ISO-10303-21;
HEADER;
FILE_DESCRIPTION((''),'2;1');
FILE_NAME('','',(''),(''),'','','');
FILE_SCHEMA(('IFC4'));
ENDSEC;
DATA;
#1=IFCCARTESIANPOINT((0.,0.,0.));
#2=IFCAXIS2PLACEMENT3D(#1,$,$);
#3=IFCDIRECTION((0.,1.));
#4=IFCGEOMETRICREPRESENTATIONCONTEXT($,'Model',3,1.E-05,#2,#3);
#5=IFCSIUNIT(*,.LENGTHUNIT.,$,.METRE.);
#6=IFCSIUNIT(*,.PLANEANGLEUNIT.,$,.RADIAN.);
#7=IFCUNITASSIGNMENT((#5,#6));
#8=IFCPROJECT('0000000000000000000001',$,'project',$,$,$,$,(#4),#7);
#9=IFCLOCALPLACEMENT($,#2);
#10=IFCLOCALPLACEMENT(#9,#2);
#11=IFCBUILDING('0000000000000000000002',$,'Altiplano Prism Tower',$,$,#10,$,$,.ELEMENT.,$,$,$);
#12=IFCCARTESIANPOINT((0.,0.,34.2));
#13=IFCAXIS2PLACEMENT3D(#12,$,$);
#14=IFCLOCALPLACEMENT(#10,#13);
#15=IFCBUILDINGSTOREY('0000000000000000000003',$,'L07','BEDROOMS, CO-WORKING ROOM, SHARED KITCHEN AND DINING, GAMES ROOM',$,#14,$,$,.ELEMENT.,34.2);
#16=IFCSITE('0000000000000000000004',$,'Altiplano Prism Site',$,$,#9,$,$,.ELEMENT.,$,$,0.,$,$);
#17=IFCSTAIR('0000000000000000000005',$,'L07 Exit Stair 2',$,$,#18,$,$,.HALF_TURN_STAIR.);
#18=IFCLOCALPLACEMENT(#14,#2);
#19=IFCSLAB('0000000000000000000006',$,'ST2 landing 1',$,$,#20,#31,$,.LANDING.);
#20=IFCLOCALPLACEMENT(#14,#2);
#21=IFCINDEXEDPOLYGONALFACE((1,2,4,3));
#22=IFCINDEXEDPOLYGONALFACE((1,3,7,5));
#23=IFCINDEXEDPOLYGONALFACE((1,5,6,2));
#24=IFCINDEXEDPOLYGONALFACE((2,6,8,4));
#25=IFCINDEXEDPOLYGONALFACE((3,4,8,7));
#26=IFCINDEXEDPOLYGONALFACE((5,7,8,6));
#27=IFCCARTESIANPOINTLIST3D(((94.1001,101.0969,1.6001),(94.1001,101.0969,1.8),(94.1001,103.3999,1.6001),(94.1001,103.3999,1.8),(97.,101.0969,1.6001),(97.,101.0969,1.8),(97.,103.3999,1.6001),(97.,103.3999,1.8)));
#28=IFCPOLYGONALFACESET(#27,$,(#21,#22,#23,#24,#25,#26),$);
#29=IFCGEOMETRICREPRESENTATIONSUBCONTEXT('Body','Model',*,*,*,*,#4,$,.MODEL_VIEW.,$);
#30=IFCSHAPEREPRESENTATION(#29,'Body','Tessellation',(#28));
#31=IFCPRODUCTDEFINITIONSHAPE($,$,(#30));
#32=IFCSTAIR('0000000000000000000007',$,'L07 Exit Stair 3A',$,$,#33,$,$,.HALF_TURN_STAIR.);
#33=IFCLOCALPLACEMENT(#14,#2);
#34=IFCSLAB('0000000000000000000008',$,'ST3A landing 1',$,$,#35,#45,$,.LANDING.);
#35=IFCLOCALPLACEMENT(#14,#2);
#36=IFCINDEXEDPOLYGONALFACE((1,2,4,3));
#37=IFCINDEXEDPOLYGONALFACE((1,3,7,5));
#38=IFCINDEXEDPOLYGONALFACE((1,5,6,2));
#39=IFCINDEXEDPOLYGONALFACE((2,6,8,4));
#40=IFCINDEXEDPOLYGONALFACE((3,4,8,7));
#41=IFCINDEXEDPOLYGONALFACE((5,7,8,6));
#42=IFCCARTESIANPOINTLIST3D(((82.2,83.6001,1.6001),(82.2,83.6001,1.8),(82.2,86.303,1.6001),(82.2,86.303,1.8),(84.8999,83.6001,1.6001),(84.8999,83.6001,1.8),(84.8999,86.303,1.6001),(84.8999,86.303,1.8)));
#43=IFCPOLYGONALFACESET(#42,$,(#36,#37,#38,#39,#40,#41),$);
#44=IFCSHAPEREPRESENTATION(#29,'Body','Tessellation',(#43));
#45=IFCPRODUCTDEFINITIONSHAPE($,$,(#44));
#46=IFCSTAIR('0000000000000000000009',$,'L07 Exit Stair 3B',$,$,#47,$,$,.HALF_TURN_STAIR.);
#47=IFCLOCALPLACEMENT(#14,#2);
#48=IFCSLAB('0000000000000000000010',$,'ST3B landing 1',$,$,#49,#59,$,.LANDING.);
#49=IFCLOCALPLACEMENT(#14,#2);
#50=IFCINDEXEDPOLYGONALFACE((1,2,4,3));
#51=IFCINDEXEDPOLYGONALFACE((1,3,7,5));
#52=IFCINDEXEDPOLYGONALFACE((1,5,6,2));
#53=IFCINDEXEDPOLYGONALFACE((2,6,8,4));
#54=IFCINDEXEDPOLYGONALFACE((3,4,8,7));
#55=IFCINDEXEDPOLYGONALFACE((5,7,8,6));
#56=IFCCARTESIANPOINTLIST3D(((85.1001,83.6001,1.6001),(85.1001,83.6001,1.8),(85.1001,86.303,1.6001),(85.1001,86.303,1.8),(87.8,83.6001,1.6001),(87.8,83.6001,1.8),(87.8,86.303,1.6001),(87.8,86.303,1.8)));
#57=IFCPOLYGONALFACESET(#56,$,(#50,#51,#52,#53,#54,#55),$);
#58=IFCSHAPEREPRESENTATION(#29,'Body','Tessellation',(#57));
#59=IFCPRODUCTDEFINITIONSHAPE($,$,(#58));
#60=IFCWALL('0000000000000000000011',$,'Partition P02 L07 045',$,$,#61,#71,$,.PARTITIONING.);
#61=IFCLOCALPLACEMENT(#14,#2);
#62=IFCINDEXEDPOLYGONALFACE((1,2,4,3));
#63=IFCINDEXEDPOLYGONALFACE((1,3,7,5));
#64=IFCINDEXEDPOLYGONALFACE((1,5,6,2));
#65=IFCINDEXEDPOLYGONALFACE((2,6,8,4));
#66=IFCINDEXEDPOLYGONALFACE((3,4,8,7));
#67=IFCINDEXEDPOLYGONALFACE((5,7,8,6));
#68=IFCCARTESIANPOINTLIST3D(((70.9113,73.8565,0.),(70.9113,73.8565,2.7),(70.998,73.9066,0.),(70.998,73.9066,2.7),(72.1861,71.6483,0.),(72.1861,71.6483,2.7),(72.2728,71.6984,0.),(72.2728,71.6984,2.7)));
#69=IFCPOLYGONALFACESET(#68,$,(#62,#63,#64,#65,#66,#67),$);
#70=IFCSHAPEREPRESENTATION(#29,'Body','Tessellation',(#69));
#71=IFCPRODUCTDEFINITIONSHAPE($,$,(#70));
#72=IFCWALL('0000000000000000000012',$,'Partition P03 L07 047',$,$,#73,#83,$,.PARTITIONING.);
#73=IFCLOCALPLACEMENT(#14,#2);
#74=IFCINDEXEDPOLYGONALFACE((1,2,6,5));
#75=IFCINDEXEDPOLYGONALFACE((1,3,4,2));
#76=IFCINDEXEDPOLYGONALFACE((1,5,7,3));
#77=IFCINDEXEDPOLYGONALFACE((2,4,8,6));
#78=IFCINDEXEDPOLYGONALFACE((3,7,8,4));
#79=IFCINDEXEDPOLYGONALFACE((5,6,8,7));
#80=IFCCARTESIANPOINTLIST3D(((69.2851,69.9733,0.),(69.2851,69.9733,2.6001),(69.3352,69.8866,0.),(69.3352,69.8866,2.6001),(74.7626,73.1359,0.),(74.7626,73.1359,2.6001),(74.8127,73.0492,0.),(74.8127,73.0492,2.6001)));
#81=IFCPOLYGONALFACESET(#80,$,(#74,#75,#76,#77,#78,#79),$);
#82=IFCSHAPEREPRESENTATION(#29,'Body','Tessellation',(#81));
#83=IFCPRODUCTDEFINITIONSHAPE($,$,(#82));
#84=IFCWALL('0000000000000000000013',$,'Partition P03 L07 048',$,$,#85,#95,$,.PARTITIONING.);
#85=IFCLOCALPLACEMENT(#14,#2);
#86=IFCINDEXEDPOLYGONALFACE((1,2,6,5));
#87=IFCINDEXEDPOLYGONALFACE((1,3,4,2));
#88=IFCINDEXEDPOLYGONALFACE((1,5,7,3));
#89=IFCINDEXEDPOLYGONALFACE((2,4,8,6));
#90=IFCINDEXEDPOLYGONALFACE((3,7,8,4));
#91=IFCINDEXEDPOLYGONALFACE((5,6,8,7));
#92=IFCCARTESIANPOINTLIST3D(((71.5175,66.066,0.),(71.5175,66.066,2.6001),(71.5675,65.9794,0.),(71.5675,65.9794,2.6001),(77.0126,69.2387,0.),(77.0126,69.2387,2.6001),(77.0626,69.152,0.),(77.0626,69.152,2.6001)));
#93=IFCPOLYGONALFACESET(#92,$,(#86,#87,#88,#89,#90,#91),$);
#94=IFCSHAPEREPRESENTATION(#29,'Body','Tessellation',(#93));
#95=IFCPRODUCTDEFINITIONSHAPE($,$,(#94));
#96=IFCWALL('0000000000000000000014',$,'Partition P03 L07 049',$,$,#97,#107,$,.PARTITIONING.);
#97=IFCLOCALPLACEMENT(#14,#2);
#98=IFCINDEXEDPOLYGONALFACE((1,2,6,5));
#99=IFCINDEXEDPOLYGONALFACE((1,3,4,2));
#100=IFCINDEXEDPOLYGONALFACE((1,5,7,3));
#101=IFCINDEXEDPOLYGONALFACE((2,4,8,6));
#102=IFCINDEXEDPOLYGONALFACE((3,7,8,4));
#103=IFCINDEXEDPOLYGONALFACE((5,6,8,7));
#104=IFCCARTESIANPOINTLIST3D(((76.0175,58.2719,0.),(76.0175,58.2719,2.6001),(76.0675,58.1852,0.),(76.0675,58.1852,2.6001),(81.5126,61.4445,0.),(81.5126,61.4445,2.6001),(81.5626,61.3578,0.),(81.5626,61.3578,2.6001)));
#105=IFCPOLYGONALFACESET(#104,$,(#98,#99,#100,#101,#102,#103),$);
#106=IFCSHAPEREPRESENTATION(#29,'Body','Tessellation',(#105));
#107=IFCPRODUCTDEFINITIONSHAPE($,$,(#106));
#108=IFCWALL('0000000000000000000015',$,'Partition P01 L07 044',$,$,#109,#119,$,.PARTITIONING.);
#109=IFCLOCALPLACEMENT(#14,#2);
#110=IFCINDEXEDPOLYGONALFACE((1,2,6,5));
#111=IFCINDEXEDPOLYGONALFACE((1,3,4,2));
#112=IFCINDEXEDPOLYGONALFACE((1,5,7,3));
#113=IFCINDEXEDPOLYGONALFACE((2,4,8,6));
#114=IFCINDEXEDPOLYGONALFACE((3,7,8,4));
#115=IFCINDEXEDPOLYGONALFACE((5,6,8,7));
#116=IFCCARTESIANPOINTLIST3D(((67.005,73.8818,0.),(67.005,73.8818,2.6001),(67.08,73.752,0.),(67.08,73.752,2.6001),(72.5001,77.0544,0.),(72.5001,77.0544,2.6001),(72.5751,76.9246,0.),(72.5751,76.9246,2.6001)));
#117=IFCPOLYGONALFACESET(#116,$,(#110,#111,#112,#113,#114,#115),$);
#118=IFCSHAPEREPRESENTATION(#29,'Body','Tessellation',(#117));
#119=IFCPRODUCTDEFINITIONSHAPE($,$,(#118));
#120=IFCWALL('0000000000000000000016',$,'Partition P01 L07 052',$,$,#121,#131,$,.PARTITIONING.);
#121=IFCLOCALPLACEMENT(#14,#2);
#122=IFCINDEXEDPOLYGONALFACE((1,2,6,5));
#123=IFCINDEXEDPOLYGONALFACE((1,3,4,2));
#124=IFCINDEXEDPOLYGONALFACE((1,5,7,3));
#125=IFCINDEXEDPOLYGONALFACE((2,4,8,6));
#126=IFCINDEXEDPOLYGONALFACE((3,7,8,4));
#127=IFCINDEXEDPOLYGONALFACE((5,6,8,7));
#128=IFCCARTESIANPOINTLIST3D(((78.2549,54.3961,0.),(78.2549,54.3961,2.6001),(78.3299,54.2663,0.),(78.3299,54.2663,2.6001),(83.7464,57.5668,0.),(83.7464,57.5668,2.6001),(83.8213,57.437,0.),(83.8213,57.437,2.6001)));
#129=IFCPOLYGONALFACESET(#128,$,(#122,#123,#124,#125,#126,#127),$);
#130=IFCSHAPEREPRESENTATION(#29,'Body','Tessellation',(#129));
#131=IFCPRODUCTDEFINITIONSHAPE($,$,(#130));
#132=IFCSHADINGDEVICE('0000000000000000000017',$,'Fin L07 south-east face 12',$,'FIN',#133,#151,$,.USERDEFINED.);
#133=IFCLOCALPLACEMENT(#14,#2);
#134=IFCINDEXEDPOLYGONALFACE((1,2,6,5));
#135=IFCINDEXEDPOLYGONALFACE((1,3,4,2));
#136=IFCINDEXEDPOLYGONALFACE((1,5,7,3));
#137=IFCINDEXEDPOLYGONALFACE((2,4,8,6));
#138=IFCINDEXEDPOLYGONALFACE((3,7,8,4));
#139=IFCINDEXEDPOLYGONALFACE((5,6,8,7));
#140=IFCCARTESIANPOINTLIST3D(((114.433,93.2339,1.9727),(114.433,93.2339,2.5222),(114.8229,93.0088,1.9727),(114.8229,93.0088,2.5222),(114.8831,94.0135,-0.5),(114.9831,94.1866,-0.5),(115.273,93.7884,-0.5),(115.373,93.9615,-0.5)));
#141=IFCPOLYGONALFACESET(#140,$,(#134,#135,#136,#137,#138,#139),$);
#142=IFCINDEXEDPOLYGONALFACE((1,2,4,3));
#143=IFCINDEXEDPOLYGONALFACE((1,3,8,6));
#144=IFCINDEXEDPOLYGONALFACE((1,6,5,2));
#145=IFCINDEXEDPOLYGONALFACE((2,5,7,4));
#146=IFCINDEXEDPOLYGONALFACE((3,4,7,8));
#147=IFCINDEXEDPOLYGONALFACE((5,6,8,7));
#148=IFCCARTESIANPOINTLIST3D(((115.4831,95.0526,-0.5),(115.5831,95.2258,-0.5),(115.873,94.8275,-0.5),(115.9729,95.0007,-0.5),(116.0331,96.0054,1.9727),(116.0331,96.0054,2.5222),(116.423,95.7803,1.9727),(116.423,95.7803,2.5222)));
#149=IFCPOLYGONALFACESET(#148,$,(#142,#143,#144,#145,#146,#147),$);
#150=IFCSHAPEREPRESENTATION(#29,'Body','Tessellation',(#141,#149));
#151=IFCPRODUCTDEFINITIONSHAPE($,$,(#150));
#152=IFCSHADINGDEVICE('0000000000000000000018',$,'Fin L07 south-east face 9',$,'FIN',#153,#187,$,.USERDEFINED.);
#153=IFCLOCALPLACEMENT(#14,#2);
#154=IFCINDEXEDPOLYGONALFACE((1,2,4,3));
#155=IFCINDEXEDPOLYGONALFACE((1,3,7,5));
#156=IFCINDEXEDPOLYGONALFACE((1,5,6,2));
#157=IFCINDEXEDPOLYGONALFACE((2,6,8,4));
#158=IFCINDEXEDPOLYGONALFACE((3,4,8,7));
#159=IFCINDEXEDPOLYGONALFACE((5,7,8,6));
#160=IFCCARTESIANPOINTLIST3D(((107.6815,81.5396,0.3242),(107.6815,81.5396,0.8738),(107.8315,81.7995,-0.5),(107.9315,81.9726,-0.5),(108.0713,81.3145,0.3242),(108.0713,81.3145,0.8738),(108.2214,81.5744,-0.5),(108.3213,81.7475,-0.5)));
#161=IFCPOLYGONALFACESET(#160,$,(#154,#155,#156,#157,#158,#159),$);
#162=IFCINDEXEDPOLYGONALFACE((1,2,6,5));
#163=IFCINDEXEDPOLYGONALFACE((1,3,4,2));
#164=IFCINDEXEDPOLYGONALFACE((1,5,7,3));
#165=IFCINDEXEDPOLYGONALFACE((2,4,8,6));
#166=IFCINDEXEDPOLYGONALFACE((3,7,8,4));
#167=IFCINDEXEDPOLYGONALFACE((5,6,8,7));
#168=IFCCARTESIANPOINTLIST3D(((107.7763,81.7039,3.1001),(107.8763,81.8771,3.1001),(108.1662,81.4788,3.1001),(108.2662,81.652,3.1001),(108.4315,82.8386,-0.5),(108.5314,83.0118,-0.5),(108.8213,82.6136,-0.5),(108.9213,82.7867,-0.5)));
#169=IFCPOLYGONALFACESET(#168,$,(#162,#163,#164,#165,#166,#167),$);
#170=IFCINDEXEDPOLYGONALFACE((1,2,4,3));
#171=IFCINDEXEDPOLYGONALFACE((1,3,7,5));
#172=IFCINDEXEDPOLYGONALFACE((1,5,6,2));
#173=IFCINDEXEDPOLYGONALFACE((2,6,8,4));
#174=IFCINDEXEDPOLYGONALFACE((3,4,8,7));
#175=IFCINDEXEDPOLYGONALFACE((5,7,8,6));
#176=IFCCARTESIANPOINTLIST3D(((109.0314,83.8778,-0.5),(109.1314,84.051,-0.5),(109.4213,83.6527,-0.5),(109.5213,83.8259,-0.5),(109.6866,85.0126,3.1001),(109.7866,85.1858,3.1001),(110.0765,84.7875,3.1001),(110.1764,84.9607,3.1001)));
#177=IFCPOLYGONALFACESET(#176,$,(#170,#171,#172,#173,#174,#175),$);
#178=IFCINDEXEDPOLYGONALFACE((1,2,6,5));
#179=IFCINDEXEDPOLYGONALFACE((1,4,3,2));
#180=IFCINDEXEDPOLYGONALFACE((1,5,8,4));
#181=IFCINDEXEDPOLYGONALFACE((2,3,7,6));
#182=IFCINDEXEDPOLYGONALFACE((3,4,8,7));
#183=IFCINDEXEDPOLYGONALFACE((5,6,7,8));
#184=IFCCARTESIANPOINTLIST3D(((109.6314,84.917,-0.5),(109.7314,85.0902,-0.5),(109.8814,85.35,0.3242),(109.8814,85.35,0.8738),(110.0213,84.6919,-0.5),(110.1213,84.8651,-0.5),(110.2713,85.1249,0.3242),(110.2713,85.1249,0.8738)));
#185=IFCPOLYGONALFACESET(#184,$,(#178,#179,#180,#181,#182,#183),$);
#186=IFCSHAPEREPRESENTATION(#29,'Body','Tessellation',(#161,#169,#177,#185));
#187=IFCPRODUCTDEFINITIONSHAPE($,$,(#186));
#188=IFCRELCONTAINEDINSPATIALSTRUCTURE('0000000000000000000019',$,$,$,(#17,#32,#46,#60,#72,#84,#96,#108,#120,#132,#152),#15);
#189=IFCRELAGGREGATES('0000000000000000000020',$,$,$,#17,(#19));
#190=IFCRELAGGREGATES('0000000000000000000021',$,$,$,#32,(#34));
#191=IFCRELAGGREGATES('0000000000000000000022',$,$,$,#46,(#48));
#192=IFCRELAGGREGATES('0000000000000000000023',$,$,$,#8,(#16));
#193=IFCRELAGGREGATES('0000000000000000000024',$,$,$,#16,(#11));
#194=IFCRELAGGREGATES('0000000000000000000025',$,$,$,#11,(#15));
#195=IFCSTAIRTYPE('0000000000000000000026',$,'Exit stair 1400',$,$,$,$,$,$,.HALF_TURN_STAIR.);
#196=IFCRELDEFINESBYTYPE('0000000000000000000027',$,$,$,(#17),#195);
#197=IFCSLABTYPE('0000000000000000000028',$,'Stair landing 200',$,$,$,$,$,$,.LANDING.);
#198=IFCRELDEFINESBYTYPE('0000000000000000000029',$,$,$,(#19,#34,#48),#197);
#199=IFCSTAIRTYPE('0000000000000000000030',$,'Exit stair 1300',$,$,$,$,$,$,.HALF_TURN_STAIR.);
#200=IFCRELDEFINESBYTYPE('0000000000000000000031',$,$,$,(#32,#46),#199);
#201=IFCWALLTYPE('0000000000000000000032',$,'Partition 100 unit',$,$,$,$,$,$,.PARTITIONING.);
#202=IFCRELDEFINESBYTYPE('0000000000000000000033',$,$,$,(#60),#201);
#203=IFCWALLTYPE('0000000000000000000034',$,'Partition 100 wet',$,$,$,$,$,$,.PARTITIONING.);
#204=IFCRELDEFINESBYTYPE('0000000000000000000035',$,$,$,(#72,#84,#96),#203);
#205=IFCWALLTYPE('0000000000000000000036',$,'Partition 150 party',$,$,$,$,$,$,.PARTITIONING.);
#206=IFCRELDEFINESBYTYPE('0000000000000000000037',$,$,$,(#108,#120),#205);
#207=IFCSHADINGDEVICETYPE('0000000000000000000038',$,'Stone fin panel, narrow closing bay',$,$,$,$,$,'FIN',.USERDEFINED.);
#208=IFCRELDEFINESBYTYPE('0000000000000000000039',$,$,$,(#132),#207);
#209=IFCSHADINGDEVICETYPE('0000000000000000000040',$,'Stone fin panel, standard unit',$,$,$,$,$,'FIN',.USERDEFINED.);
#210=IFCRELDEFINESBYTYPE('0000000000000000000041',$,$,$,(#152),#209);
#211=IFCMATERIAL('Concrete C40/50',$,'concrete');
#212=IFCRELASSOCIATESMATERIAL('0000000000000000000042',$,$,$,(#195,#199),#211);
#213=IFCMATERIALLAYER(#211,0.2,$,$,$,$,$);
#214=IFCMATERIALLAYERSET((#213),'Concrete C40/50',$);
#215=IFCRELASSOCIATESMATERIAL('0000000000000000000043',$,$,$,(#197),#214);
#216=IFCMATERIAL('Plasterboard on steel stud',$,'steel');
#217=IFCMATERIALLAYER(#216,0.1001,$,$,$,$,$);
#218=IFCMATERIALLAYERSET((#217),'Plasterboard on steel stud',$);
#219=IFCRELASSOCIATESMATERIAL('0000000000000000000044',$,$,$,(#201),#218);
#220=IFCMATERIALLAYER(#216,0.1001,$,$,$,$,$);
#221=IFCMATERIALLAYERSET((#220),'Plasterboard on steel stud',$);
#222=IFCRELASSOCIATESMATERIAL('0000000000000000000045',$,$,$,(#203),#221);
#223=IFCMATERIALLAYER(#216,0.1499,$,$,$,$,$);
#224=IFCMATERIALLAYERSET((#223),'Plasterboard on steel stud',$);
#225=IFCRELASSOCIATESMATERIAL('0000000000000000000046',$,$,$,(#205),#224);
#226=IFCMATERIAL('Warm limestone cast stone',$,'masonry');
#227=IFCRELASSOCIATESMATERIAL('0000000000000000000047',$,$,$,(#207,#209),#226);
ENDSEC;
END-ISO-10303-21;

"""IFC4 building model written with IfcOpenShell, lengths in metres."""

from ifc_helpers import new_model, si_unit, direction, frame, frame_2d, origin, place, context, subcontext, project, spatial, polyline, rectangle, outline, extrude, source, transform, mapped, material, layer, layer_set, type_object, element, aggregate, save


model = new_model("IFC4")

# Units and contexts
model_context = context("Model", 3, precision=1e-05, world=origin(), true_north=direction((0.0, 1.0)))
body_context = subcontext(model_context, "Body", "Model", "MODEL_VIEW")
ifc_project = project(units=[si_unit("LENGTHUNIT", "METRE"), si_unit("PLANEANGLEUNIT", "RADIAN")], contexts=[model_context])

# Site, building, storey
site_placement = place(None, origin())
site = spatial("IfcSite", under=ifc_project, at=site_placement, Name="Altiplano Prism Site", CompositionType="ELEMENT", RefElevation=0.0)
building_placement = place(site_placement, origin())
building = spatial("IfcBuilding", under=site, at=building_placement, Name="Altiplano Prism Tower", CompositionType="ELEMENT")
storey_placement = place(building_placement, frame((0.0, 0.0, 34.2)))
storey = spatial("IfcBuildingStorey", under=building, at=storey_placement, Name="L07", Description="BEDROOMS, CO-WORKING ROOM, SHARED KITCHEN AND DINING, GAMES ROOM", CompositionType="ELEMENT", Elevation=34.2)

# Shared definitions
ifc_material_1 = material(Name="Concrete C40/50", Category="concrete")

# Stairs, slabs
stair_type_1 = type_object("IfcStairType", Name="Exit stair 1400", PredefinedType="HALF_TURN_STAIR", material=ifc_material_1)
ifc_layer_1 = layer(ifc_material_1, 0.2)
ifc_layer_set_1 = layer_set([ifc_layer_1], Name="Concrete C40/50")
slab_type_1 = type_object("IfcSlabType", Name="Stair landing 200", PredefinedType="LANDING", material=ifc_layer_set_1)
stair_1_placement = place(storey_placement, origin())
stair_1 = element("IfcStair", 1, at=stair_1_placement, inside=storey, type_object=stair_type_1, Name="L07 Exit Stair 2", PredefinedType="HALF_TURN_STAIR")
slab_1_placement = place(storey_placement, frame((0.0, 0.0, 1.6001)))
slab_1 = element("IfcSlab", 2, at=slab_1_placement, type_object=slab_type_1, Name="ST2 landing 1", PredefinedType="LANDING", context=body_context, shape_type="SweptSolid", body=[
    extrude(outline(polyline([(97.0, 101.0969), (97.0, 103.3999), (94.1001, 103.3999), (94.1001, 101.0969), (97.0, 101.0969)])), origin(), (0.0, 0.0, 1.0), 0.2),
])
aggregate(stair_1, [slab_1])
stair_type_2 = type_object("IfcStairType", Name="Exit stair 1300", PredefinedType="HALF_TURN_STAIR", material=ifc_material_1)
stair_2_placement = place(storey_placement, origin())
stair_2 = element("IfcStair", 3, at=stair_2_placement, inside=storey, type_object=stair_type_2, Name="L07 Exit Stair 3A", PredefinedType="HALF_TURN_STAIR")
slab_2_placement = place(storey_placement, frame((0.0, 0.0, 1.6001)))
slab_2 = element("IfcSlab", 4, at=slab_2_placement, type_object=slab_type_1, Name="ST3A landing 1", PredefinedType="LANDING", context=body_context, shape_type="SweptSolid", body=[
    extrude(outline(polyline([(82.2, 86.303), (82.2, 83.6001), (84.8999, 83.6001), (84.8999, 86.303), (82.2, 86.303)])), origin(), (0.0, 0.0, 1.0), 0.2),
])
aggregate(stair_2, [slab_2])
stair_3_placement = place(storey_placement, origin())
stair_3 = element("IfcStair", 5, at=stair_3_placement, inside=storey, type_object=stair_type_2, Name="L07 Exit Stair 3B", PredefinedType="HALF_TURN_STAIR")
slab_3_placement = place(storey_placement, frame((0.0, 0.0, 1.6001)))
slab_3 = element("IfcSlab", 6, at=slab_3_placement, type_object=slab_type_1, Name="ST3B landing 1", PredefinedType="LANDING", context=body_context, shape_type="SweptSolid", body=[
    extrude(outline(polyline([(85.1001, 86.303), (85.1001, 83.6001), (87.8, 83.6001), (87.8, 86.303), (85.1001, 86.303)])), origin(), (0.0, 0.0, 1.0), 0.2),
])
aggregate(stair_3, [slab_3])

# Walls
ifc_material_2 = material(Name="Plasterboard on steel stud", Category="steel")
ifc_layer_2 = layer(ifc_material_2, 0.1001)
ifc_layer_set_2 = layer_set([ifc_layer_2], Name="Plasterboard on steel stud")
wall_type_1 = type_object("IfcWallType", Name="Partition 100 unit", PredefinedType="PARTITIONING", material=ifc_layer_set_2)
wall_1_placement = place(storey_placement, frame((72.2295, 71.6733, 0.0), z_axis=(0.0, 0.0, 1.0), x_axis=(-0.49999, 0.866031, 0.0)))
element("IfcWall", 7, at=wall_1_placement, inside=storey, type_object=wall_type_1, Name="Partition P02 L07 045", PredefinedType="PARTITIONING", context=body_context, shape_type="SweptSolid", body=[
    extrude(rectangle(XDim=2.5498, YDim=0.1001, at=frame_2d((1.2749, 0.0))), origin(), (0.0, 0.0, 1.0), 2.7),
])
ifc_layer_3 = layer(ifc_material_2, 0.1001)
ifc_layer_set_3 = layer_set([ifc_layer_3], Name="Plasterboard on steel stud")
wall_type_2 = type_object("IfcWallType", Name="Partition 100 wet", PredefinedType="PARTITIONING", material=ifc_layer_set_3)
wall_2_placement = place(storey_placement, frame((69.3101, 69.9299, 0.0), z_axis=(0.0, 0.0, 1.0), x_axis=(0.866016, 0.500016, 0.0)))
element("IfcWall", 8, at=wall_2_placement, inside=storey, type_object=wall_type_2, Name="Partition P03 L07 047", PredefinedType="PARTITIONING", context=body_context, shape_type="SweptSolid", body=[
    extrude(rectangle(XDim=6.325, YDim=0.1001, at=frame_2d((3.1626, 0.0))), origin(), (0.0, 0.0, 1.0), 2.6001),
])
for number, where, z_axis, x_axis, name in (
    (9, (71.5425, 66.0227, 0.0), (0.0, 0.0, 1.0), (0.866025, 0.5, 0.0), "Partition P03 L07 048"),
    (10, (76.0425, 58.2285, 0.0), (0.0, 0.0, 1.0), (0.866025, 0.5, 0.0), "Partition P03 L07 049"),
):
    element("IfcWall", number, at=place(storey_placement, frame(where, z_axis=z_axis, x_axis=x_axis)), inside=storey, type_object=wall_type_2, Name=name, PredefinedType="PARTITIONING", context=body_context, shape_type="SweptSolid", body=[
        extrude(rectangle(XDim=6.3452, YDim=0.1001, at=frame_2d((3.1726, 0.0))), origin(), (0.0, 0.0, 1.0), 2.6001),
    ])
ifc_layer_4 = layer(ifc_material_2, 0.1499)
ifc_layer_set_4 = layer_set([ifc_layer_4], Name="Plasterboard on steel stud")
wall_type_3 = type_object("IfcWallType", Name="Partition 150 party", PredefinedType="PARTITIONING", material=ifc_layer_set_4)
wall_3_placement = place(storey_placement, frame((67.0425, 73.8169, 0.0), z_axis=(0.0, 0.0, 1.0), x_axis=(0.866025, 0.5, 0.0)))
element("IfcWall", 11, at=wall_3_placement, inside=storey, type_object=wall_type_3, Name="Partition P01 L07 044", PredefinedType="PARTITIONING", context=body_context, shape_type="SweptSolid", body=[
    extrude(rectangle(XDim=6.3452, YDim=0.1499, at=frame_2d((3.1726, 0.0))), origin(), (0.0, 0.0, 1.0), 2.6001),
])
wall_4_placement = place(storey_placement, frame((78.2925, 54.3313, 0.0), z_axis=(0.0, 0.0, 1.0), x_axis=(0.866014, 0.500019, 0.0)))
element("IfcWall", 12, at=wall_4_placement, inside=storey, type_object=wall_type_3, Name="Partition P01 L07 052", PredefinedType="PARTITIONING", context=body_context, shape_type="SweptSolid", body=[
    extrude(rectangle(XDim=6.3411, YDim=0.1499, at=frame_2d((3.1704, 0.0))), origin(), (0.0, 0.0, 1.0), 2.6001),
])

# Shading devices
ifc_material_3 = material(Name="Warm limestone cast stone", Category="masonry")
shading_device_type_1 = type_object("IfcShadingDeviceType", Name="Stone fin panel, narrow closing bay", ElementType="FIN", PredefinedType="USERDEFINED", material=ifc_material_3)
shared_shape_1 = source(origin(), body_context, "Body", "SweptSolid", [
    extrude(outline(polyline([(-1.6001, 3.0222), (-1.6001, 2.4727), (-0.7, 0.0), (-0.5, 0.0), (-1.6001, 3.0222)])), frame((0.0, -0.1499, 0.0), z_axis=(0.0, -1.0, 0.0), x_axis=(1.0, 0.0, 0.0)), (0.0, 0.0, 1.0), 0.4502),
    extrude(outline(polyline([(1.6001, 2.4727), (1.6001, 3.0222), (0.5, 0.0), (0.7, 0.0), (1.6001, 2.4727)])), frame((0.0, -0.1499, 0.0), z_axis=(0.0, -1.0, 0.0), x_axis=(1.0, 0.0, 0.0)), (0.0, 0.0, 1.0), 0.4502),
])
shading_device_1_placement = place(storey_placement, origin())
element("IfcShadingDevice", 13, at=shading_device_1_placement, inside=storey, type_object=shading_device_type_1, Name="Fin L07 south-east face 12", ObjectType="FIN", PredefinedType="USERDEFINED", context=body_context, shape_type="MappedRepresentation", body=[
    mapped(shared_shape_1, transform((115.1033, 94.6946, -0.5), x_axis=(0.5, 0.866025, 0.0), y_axis=(-0.866025, 0.5, 0.0), z_axis=(0.0, 0.0, 1.0))),
])
shading_device_type_2 = type_object("IfcShadingDeviceType", Name="Stone fin panel, standard unit", ElementType="FIN", PredefinedType="USERDEFINED", material=ifc_material_3)
shared_shape_2 = source(origin(), body_context, "Body", "SweptSolid", [
    extrude(outline(polyline([(-2.2, 1.3738), (-2.2, 0.8242), (-1.8999, 0.0), (-1.7, 0.0), (-2.2, 1.3738)])), frame((0.0, -0.1499, 0.0), z_axis=(0.0, -1.0, 0.0), x_axis=(1.0, 0.0, 0.0)), (0.0, 0.0, 1.0), 0.4502),
    extrude(outline(polyline([(-2.0103, 3.6001), (-0.7, 0.0), (-0.5, 0.0), (-1.8103, 3.6001), (-2.0103, 3.6001)])), frame((0.0, -0.1499, 0.0), z_axis=(0.0, -1.0, 0.0), x_axis=(1.0, 0.0, 0.0)), (0.0, 0.0, 1.0), 0.4502),
    extrude(outline(polyline([(1.8103, 3.6001), (0.5, 0.0), (0.7, 0.0), (2.0103, 3.6001), (1.8103, 3.6001)])), frame((0.0, -0.1499, 0.0), z_axis=(0.0, -1.0, 0.0), x_axis=(1.0, 0.0, 0.0)), (0.0, 0.0, 1.0), 0.4502),
    extrude(outline(polyline([(2.2, 0.8242), (2.2, 1.3738), (1.7, 0.0), (1.8999, 0.0), (2.2, 0.8242)])), frame((0.0, -0.1499, 0.0), z_axis=(0.0, -1.0, 0.0), x_axis=(1.0, 0.0, 0.0)), (0.0, 0.0, 1.0), 0.4502),
])
shading_device_2_placement = place(storey_placement, origin())
element("IfcShadingDevice", 14, at=shading_device_2_placement, inside=storey, type_object=shading_device_type_2, Name="Fin L07 south-east face 9", ObjectType="FIN", PredefinedType="USERDEFINED", context=body_context, shape_type="MappedRepresentation", body=[
    mapped(shared_shape_2, transform((108.6516, 83.5198, -0.5), x_axis=(0.5, 0.866025, 0.0), y_axis=(-0.866025, 0.5, 0.0), z_axis=(0.0, 0.0, 1.0))),
])

save(model, "model.ifc")
